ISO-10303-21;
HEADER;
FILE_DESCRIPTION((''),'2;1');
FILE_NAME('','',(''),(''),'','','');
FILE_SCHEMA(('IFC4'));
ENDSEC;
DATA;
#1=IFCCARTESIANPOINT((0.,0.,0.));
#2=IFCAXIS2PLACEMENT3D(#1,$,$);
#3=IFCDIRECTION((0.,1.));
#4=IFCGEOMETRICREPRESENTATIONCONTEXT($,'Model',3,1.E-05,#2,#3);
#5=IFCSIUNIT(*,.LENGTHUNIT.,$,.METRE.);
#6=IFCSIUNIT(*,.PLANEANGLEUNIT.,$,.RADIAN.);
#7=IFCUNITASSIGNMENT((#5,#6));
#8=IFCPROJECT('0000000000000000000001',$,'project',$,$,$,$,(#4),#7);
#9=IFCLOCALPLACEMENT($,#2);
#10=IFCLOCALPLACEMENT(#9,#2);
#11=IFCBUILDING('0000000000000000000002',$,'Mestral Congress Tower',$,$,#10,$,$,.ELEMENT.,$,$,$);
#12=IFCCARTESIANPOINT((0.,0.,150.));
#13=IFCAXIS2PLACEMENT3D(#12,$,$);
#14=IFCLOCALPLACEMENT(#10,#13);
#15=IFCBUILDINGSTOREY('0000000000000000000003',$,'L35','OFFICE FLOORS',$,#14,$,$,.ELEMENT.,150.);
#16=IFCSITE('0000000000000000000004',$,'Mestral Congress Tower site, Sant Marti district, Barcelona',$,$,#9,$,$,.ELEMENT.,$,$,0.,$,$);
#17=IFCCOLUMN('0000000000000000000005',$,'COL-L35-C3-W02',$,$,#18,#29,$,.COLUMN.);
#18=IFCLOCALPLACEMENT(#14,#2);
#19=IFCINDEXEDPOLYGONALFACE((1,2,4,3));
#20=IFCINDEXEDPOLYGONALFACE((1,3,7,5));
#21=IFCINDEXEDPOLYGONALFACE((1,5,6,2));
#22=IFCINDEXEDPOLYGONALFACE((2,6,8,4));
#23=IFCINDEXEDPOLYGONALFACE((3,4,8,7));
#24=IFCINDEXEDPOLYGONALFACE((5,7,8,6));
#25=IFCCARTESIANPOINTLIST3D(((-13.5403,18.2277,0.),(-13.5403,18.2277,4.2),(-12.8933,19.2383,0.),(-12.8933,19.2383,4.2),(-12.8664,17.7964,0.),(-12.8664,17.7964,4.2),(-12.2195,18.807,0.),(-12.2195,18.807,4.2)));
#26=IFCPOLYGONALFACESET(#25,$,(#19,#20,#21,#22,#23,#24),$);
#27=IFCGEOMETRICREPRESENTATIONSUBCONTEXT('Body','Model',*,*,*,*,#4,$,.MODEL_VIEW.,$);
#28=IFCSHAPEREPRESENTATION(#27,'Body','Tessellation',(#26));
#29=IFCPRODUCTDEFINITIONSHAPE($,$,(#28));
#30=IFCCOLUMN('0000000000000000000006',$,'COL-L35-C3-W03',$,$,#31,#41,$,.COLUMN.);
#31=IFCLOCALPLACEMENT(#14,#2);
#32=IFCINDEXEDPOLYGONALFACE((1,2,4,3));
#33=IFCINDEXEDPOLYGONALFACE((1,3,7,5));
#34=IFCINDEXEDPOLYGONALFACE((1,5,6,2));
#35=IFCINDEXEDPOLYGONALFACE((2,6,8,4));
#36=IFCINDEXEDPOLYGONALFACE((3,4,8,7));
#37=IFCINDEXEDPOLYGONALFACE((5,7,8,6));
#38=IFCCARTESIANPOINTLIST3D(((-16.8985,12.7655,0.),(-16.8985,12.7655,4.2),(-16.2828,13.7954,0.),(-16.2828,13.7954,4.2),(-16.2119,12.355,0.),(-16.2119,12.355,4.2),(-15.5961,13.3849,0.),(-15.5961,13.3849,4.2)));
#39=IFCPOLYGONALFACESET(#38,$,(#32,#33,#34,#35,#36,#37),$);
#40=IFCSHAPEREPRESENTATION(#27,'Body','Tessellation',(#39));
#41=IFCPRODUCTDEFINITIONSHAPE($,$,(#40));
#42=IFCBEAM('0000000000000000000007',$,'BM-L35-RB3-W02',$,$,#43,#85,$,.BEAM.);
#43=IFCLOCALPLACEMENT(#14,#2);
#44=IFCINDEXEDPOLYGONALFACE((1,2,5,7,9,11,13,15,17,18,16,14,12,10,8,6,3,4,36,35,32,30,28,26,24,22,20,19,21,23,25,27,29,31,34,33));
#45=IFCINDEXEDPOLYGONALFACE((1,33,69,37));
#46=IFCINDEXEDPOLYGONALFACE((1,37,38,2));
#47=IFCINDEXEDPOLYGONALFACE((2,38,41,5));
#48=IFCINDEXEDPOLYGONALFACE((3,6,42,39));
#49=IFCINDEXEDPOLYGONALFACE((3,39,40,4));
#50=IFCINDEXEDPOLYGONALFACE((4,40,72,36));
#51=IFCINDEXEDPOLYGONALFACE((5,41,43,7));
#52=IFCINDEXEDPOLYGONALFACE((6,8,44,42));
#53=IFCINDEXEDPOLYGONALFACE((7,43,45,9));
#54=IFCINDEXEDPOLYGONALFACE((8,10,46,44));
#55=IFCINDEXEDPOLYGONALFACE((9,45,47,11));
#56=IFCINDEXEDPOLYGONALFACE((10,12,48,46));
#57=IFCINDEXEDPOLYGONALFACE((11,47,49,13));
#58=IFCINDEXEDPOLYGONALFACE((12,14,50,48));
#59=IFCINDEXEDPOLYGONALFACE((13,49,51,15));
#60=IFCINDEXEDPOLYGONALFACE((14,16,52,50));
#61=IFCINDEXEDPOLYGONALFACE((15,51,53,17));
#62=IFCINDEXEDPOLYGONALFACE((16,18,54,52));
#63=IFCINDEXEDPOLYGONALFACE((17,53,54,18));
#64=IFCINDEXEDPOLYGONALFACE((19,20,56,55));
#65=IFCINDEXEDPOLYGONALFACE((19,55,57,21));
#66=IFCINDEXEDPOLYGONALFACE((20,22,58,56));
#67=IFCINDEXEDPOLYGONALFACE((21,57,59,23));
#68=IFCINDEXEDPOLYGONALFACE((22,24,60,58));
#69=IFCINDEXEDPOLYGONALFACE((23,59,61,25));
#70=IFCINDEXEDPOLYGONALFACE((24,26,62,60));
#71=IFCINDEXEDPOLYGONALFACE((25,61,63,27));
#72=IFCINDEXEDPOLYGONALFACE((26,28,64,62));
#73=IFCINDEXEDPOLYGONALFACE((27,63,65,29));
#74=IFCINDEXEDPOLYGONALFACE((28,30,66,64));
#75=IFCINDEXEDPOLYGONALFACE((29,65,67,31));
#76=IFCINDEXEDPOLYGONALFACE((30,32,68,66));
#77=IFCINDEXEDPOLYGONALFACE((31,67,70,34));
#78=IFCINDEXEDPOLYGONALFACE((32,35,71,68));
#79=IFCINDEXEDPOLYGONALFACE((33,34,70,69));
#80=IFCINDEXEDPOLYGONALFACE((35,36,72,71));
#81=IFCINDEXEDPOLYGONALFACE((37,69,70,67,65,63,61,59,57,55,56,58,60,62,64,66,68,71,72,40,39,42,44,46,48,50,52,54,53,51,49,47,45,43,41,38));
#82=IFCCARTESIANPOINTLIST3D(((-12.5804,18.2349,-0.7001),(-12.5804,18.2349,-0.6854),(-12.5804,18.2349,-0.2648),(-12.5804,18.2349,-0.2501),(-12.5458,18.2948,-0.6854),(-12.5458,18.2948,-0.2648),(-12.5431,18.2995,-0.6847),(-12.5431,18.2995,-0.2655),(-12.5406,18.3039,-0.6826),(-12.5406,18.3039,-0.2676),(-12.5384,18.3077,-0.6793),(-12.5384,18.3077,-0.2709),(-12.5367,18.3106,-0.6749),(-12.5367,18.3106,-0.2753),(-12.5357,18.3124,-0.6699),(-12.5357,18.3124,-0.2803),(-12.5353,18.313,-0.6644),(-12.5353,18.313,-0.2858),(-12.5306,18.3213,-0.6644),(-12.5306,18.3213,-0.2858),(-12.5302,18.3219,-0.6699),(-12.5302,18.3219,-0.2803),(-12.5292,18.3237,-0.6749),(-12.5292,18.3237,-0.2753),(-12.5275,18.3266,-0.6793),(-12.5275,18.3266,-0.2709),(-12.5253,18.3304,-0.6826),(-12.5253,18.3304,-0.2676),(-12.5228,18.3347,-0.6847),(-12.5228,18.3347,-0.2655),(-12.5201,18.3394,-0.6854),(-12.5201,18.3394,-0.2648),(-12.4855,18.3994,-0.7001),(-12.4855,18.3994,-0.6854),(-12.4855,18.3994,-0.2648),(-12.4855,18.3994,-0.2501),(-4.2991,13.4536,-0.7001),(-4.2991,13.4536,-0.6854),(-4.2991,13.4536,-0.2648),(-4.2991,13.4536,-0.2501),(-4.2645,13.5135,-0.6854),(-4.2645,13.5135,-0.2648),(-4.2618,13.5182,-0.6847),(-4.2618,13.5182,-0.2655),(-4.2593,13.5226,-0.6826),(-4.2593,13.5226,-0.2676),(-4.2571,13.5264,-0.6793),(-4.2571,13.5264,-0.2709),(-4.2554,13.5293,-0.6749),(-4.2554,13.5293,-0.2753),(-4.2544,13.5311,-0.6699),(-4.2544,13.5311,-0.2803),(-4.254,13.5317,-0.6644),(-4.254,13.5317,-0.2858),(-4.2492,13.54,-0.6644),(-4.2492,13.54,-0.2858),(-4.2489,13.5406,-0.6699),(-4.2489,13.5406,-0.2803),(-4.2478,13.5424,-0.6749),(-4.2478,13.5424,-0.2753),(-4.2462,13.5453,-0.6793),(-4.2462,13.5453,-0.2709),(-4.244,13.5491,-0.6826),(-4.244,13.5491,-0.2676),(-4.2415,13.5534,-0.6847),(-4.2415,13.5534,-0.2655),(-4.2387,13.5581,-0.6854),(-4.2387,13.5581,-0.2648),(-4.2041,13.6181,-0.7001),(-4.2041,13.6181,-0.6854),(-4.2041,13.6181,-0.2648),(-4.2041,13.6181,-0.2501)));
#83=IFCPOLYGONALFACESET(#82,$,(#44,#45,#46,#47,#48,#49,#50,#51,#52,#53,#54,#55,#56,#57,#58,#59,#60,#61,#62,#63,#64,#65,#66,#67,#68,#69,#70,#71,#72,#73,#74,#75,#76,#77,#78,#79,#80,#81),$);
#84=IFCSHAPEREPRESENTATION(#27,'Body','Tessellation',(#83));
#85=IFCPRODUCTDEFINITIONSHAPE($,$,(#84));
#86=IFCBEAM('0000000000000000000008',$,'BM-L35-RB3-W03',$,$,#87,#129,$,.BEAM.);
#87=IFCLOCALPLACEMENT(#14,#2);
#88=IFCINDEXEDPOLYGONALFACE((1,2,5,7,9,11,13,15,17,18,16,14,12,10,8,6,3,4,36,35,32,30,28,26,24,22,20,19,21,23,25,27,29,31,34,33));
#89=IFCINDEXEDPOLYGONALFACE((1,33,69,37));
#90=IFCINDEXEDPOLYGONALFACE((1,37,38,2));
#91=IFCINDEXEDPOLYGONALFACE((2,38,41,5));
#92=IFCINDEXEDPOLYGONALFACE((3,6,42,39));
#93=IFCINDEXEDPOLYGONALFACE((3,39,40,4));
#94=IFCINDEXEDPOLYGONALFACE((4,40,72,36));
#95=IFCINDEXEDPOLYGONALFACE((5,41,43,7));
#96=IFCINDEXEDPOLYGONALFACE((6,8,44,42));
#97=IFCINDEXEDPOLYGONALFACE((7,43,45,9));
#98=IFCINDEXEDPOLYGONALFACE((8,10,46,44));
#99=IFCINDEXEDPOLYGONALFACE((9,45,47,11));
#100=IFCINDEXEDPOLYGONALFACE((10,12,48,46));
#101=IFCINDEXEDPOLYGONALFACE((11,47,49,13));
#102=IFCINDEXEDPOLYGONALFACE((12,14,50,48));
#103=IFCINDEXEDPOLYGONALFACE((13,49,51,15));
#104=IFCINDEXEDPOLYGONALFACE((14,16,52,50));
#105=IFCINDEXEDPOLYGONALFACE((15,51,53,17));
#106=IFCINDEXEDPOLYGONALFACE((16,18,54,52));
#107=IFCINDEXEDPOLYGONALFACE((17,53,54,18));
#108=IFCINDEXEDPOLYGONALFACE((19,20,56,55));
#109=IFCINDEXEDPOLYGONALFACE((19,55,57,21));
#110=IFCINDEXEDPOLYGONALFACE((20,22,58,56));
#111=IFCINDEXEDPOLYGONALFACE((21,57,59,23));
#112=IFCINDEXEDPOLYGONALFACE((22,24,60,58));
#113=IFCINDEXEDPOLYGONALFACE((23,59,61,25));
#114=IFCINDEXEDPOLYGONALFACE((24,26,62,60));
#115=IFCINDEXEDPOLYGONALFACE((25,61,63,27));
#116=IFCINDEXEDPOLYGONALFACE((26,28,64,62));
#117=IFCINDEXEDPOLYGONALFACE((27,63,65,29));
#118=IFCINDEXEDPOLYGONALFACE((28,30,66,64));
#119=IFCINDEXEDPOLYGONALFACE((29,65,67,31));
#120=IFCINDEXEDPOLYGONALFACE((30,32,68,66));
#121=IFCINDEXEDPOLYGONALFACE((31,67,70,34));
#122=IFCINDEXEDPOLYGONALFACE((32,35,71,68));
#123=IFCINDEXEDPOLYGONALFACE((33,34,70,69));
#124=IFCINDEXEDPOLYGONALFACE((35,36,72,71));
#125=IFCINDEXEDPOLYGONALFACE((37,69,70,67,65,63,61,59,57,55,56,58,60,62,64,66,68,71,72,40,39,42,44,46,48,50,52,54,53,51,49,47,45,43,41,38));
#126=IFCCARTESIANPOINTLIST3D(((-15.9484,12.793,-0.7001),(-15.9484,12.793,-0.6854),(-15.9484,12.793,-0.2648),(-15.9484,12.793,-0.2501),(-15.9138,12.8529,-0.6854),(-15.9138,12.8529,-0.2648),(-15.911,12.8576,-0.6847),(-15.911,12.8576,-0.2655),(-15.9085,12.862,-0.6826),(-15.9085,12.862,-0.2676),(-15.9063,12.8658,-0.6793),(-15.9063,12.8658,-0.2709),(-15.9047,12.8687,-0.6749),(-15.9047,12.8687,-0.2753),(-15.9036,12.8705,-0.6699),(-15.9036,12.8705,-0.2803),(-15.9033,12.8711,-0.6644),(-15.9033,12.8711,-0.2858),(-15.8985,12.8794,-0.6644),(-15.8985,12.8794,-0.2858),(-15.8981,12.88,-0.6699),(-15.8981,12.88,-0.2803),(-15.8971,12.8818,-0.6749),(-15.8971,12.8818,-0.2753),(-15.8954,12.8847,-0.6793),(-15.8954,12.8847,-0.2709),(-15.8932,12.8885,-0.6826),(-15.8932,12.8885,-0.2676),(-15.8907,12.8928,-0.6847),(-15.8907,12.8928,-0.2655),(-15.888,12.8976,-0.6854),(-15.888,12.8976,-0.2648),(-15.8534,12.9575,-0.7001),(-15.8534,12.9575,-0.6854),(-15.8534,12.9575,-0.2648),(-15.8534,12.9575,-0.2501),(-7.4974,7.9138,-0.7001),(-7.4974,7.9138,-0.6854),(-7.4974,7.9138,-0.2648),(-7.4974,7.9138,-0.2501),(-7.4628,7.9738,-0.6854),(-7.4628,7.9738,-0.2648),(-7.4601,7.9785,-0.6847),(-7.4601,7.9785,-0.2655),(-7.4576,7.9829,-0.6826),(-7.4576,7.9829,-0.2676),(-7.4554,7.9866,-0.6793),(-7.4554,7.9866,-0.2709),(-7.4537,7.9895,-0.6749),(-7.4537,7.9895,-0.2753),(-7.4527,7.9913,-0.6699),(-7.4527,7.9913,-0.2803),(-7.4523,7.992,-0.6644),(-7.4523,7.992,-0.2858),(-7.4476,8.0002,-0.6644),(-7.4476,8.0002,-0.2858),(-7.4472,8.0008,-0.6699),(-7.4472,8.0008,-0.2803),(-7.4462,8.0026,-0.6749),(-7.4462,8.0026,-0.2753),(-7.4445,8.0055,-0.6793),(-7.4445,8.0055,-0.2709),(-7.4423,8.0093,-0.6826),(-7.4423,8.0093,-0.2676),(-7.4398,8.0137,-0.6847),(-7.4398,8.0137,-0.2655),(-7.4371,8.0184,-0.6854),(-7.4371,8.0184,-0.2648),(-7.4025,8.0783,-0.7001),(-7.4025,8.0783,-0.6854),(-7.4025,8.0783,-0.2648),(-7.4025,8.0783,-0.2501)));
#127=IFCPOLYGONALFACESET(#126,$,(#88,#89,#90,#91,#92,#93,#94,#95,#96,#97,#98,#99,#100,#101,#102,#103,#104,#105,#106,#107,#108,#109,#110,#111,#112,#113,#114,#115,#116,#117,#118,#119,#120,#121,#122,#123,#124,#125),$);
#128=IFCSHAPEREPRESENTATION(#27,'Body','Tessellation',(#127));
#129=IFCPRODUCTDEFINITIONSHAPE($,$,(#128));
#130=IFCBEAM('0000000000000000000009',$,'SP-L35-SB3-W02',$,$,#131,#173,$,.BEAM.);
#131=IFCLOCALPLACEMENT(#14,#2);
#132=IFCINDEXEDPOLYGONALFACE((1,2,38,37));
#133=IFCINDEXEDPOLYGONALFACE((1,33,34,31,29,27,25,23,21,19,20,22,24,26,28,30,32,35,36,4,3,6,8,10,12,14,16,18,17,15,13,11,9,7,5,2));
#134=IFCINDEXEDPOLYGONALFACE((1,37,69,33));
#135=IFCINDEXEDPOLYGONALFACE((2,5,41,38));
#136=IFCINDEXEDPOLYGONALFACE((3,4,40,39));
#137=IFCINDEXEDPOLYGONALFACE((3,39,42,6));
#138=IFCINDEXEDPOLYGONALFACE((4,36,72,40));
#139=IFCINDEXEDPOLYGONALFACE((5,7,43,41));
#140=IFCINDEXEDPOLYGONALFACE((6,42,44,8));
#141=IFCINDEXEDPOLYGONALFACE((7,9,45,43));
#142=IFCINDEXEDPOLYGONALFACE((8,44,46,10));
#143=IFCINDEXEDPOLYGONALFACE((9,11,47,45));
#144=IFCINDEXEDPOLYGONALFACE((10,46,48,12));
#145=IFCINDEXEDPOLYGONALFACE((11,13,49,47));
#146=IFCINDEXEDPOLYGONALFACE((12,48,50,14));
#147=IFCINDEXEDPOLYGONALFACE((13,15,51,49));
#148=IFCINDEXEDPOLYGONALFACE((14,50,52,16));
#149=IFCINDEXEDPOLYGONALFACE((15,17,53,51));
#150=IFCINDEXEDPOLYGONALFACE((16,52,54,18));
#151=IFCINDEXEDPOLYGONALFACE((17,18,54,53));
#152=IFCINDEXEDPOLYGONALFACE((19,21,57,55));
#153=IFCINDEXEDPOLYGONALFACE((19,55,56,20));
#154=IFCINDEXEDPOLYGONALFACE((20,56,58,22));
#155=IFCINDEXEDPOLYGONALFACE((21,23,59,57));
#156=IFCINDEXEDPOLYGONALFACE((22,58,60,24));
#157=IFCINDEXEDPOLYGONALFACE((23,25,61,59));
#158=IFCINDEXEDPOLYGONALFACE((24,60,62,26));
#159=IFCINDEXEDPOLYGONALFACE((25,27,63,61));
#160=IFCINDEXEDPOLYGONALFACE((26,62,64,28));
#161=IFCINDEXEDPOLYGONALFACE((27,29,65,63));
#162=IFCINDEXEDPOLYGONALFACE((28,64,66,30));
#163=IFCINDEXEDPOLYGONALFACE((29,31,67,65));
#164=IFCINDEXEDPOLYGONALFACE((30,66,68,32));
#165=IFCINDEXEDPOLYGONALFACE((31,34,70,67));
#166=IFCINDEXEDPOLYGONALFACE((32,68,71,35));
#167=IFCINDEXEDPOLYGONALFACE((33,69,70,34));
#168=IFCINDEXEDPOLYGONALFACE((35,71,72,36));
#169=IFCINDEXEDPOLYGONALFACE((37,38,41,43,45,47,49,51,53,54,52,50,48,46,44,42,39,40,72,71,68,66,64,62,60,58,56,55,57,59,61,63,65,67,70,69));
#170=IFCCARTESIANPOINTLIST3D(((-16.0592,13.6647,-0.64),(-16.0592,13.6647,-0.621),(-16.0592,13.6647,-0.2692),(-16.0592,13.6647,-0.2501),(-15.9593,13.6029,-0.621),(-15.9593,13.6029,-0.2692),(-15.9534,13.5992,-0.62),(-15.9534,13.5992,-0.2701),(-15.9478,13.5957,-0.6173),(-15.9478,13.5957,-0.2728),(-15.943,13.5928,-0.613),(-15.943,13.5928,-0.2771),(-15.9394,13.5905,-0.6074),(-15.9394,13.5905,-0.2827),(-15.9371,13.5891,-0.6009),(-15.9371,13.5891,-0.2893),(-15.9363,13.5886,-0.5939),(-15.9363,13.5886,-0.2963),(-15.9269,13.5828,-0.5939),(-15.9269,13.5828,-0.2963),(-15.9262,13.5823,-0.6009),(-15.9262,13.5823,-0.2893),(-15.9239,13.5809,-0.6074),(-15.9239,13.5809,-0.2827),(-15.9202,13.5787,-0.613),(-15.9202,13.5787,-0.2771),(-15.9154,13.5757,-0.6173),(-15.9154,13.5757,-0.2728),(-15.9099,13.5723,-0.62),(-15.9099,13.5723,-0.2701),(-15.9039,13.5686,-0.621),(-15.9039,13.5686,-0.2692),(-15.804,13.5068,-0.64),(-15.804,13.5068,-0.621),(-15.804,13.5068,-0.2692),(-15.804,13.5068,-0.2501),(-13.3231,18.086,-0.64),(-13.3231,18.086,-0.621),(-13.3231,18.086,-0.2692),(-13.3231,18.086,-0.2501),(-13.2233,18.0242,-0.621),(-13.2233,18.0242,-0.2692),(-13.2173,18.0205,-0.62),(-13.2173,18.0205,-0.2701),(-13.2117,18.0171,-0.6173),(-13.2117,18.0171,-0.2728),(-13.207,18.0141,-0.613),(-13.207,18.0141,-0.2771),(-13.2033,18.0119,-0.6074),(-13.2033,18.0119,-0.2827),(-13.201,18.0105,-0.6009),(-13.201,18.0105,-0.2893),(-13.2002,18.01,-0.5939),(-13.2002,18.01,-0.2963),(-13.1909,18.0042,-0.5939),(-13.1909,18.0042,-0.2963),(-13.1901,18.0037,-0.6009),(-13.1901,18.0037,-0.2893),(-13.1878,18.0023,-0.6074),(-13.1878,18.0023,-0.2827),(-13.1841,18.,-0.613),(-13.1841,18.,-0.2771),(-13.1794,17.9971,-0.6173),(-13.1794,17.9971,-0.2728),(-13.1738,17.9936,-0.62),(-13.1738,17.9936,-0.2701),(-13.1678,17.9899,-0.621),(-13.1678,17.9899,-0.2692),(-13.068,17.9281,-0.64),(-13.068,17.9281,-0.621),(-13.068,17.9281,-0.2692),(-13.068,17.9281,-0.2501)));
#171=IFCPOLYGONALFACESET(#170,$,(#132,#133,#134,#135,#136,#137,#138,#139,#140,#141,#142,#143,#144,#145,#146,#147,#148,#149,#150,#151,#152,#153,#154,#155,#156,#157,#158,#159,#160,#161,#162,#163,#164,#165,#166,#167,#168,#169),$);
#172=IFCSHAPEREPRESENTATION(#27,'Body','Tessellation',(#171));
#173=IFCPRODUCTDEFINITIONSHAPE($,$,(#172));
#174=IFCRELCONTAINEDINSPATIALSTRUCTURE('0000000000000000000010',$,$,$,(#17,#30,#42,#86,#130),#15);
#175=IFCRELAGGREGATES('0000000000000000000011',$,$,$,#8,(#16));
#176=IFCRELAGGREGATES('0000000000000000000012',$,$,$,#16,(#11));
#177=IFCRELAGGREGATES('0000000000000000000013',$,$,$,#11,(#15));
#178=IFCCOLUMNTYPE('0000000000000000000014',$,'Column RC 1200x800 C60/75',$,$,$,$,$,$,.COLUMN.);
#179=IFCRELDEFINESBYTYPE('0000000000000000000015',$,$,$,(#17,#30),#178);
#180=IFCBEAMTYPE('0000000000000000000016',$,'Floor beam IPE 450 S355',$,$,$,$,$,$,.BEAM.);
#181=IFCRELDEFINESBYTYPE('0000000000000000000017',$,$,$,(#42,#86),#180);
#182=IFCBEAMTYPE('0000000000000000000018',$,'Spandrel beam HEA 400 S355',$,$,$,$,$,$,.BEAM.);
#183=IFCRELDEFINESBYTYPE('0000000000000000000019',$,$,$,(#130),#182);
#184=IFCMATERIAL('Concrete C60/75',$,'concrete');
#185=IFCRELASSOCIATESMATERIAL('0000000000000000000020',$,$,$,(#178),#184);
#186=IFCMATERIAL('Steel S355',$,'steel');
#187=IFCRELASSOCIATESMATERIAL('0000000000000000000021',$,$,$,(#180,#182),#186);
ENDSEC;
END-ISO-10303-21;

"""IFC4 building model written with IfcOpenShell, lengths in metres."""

from ifc_helpers import new_model, si_unit, direction, frame, origin, origin_2d, place, context, subcontext, project, spatial, rectangle, i_section, extrude, material, material_profile, profile_set, type_object, element, save


model = new_model("IFC4")

# Units and contexts
model_context = context("Model", 3, precision=1e-05, world=origin(), true_north=direction((0.0, 1.0)))
body_context = subcontext(model_context, "Body", "Model", "MODEL_VIEW")
ifc_project = project(units=[si_unit("LENGTHUNIT", "METRE"), si_unit("PLANEANGLEUNIT", "RADIAN")], contexts=[model_context])

# Site, building, storey
site_placement = place(None, origin())
site = spatial("IfcSite", under=ifc_project, at=site_placement, Name="Mestral Congress Tower site, Sant Marti district, Barcelona", CompositionType="ELEMENT", RefElevation=0.0)
building_placement = place(site_placement, origin())
building = spatial("IfcBuilding", under=site, at=building_placement, Name="Mestral Congress Tower", CompositionType="ELEMENT")
storey_placement = place(building_placement, frame((0.0, 0.0, 150.0)))
storey = spatial("IfcBuildingStorey", under=building, at=storey_placement, Name="L35", Description="OFFICE FLOORS", CompositionType="ELEMENT", Elevation=150.0)

# Columns
ifc_material_1 = material(Name="Concrete C60/75", Category="concrete")
ifc_material_profile_1 = material_profile(ifc_material_1, rectangle(XDim=1.2, YDim=0.8, at=origin_2d()), Name="RC 1200x800")
ifc_profile_set_1 = profile_set([ifc_material_profile_1], Name="Concrete C60/75")
column_type = type_object("IfcColumnType", Name="Column RC 1200x800 C60/75", PredefinedType="COLUMN", material=ifc_profile_set_1)
for number, where, z_axis, x_axis, name in (
    (1, (-12.8799, 18.5173, 0.0), (0.0, 0.0, 1.0), (-0.539115, -0.842232, 0.0), "COL-L35-C3-W02"),
    (2, (-16.2473, 13.0752, 0.0), (0.0, 0.0, 1.0), (-0.513159, -0.858293, 0.0), "COL-L35-C3-W03"),
):
    element("IfcColumn", number, at=place(storey_placement, frame(where, z_axis=z_axis, x_axis=x_axis)), inside=storey, type_object=column_type, Name=name, PredefinedType="COLUMN", context=body_context, shape_type="SweptSolid", body=[
        extrude(rectangle(XDim=1.2, YDim=0.8, at=origin_2d()), origin(), (0.0, 0.0, 1.0), 4.2),
    ])

# Beams
ifc_material_2 = material(Name="Steel S355", Category="steel")
ifc_material_profile_2 = material_profile(ifc_material_2, i_section(OverallWidth=0.1899, OverallDepth=0.45, WebThickness=0.0095, FlangeThickness=0.0146, FilletRadius=0.021, at=origin_2d()), Name="IPE 450")
ifc_profile_set_2 = profile_set([ifc_material_profile_2], Name="Steel S355")
beam_type_1 = type_object("IfcBeamType", Name="Floor beam IPE 450 S355", PredefinedType="BEAM", material=ifc_profile_set_2)
beam_1_placement = place(storey_placement, frame((-12.533, 18.3171, -0.4751), z_axis=(0.866022, -0.500005, 0.0), x_axis=(0.500005, 0.866022, 0.0)))
element("IfcBeam", 3, at=beam_1_placement, inside=storey, type_object=beam_type_1, Name="BM-L35-RB3-W02", PredefinedType="BEAM", context=body_context, shape_type="SweptSolid", body=[
    extrude(i_section(OverallWidth=0.1899, OverallDepth=0.45, WebThickness=0.0095, FlangeThickness=0.0146, FilletRadius=0.021, at=origin_2d()), origin(), (0.0, 0.0, 1.0), 9.5625),
])
beam_2_placement = place(storey_placement, frame((-15.9009, 12.8752, -0.4751), z_axis=(0.866025, -0.5, 0.0), x_axis=(0.5, 0.866025, 0.0)))
element("IfcBeam", 4, at=beam_2_placement, inside=storey, type_object=beam_type_1, Name="BM-L35-RB3-W03", PredefinedType="BEAM", context=body_context, shape_type="SweptSolid", body=[
    extrude(i_section(OverallWidth=0.1899, OverallDepth=0.45, WebThickness=0.0095, FlangeThickness=0.0146, FilletRadius=0.021, at=origin_2d()), origin(), (0.0, 0.0, 1.0), 9.7583),
])
ifc_material_profile_3 = material_profile(ifc_material_2, i_section(OverallWidth=0.3, OverallDepth=0.3899, WebThickness=0.011, FlangeThickness=0.019, FilletRadius=0.0271, at=origin_2d()), Name="HEA 400")
ifc_profile_set_3 = profile_set([ifc_material_profile_3], Name="Steel S355")
beam_type_2 = type_object("IfcBeamType", Name="Spandrel beam HEA 400 S355", PredefinedType="BEAM", material=ifc_profile_set_3)
beam_3_placement = place(storey_placement, frame((-13.1956, 18.0071, -0.4451), z_axis=(-0.52622, -0.850348, 0.0), x_axis=(0.850348, -0.52622, 0.0)))
element("IfcBeam", 5, at=beam_3_placement, inside=storey, type_object=beam_type_2, Name="SP-L35-SB3-W02", PredefinedType="BEAM", context=body_context, shape_type="SweptSolid", body=[
    extrude(i_section(OverallWidth=0.3, OverallDepth=0.3899, WebThickness=0.011, FlangeThickness=0.019, FilletRadius=0.0271, at=origin_2d()), origin(), (0.0, 0.0, 1.0), 5.1995),
])

save(model, "model.ifc")
